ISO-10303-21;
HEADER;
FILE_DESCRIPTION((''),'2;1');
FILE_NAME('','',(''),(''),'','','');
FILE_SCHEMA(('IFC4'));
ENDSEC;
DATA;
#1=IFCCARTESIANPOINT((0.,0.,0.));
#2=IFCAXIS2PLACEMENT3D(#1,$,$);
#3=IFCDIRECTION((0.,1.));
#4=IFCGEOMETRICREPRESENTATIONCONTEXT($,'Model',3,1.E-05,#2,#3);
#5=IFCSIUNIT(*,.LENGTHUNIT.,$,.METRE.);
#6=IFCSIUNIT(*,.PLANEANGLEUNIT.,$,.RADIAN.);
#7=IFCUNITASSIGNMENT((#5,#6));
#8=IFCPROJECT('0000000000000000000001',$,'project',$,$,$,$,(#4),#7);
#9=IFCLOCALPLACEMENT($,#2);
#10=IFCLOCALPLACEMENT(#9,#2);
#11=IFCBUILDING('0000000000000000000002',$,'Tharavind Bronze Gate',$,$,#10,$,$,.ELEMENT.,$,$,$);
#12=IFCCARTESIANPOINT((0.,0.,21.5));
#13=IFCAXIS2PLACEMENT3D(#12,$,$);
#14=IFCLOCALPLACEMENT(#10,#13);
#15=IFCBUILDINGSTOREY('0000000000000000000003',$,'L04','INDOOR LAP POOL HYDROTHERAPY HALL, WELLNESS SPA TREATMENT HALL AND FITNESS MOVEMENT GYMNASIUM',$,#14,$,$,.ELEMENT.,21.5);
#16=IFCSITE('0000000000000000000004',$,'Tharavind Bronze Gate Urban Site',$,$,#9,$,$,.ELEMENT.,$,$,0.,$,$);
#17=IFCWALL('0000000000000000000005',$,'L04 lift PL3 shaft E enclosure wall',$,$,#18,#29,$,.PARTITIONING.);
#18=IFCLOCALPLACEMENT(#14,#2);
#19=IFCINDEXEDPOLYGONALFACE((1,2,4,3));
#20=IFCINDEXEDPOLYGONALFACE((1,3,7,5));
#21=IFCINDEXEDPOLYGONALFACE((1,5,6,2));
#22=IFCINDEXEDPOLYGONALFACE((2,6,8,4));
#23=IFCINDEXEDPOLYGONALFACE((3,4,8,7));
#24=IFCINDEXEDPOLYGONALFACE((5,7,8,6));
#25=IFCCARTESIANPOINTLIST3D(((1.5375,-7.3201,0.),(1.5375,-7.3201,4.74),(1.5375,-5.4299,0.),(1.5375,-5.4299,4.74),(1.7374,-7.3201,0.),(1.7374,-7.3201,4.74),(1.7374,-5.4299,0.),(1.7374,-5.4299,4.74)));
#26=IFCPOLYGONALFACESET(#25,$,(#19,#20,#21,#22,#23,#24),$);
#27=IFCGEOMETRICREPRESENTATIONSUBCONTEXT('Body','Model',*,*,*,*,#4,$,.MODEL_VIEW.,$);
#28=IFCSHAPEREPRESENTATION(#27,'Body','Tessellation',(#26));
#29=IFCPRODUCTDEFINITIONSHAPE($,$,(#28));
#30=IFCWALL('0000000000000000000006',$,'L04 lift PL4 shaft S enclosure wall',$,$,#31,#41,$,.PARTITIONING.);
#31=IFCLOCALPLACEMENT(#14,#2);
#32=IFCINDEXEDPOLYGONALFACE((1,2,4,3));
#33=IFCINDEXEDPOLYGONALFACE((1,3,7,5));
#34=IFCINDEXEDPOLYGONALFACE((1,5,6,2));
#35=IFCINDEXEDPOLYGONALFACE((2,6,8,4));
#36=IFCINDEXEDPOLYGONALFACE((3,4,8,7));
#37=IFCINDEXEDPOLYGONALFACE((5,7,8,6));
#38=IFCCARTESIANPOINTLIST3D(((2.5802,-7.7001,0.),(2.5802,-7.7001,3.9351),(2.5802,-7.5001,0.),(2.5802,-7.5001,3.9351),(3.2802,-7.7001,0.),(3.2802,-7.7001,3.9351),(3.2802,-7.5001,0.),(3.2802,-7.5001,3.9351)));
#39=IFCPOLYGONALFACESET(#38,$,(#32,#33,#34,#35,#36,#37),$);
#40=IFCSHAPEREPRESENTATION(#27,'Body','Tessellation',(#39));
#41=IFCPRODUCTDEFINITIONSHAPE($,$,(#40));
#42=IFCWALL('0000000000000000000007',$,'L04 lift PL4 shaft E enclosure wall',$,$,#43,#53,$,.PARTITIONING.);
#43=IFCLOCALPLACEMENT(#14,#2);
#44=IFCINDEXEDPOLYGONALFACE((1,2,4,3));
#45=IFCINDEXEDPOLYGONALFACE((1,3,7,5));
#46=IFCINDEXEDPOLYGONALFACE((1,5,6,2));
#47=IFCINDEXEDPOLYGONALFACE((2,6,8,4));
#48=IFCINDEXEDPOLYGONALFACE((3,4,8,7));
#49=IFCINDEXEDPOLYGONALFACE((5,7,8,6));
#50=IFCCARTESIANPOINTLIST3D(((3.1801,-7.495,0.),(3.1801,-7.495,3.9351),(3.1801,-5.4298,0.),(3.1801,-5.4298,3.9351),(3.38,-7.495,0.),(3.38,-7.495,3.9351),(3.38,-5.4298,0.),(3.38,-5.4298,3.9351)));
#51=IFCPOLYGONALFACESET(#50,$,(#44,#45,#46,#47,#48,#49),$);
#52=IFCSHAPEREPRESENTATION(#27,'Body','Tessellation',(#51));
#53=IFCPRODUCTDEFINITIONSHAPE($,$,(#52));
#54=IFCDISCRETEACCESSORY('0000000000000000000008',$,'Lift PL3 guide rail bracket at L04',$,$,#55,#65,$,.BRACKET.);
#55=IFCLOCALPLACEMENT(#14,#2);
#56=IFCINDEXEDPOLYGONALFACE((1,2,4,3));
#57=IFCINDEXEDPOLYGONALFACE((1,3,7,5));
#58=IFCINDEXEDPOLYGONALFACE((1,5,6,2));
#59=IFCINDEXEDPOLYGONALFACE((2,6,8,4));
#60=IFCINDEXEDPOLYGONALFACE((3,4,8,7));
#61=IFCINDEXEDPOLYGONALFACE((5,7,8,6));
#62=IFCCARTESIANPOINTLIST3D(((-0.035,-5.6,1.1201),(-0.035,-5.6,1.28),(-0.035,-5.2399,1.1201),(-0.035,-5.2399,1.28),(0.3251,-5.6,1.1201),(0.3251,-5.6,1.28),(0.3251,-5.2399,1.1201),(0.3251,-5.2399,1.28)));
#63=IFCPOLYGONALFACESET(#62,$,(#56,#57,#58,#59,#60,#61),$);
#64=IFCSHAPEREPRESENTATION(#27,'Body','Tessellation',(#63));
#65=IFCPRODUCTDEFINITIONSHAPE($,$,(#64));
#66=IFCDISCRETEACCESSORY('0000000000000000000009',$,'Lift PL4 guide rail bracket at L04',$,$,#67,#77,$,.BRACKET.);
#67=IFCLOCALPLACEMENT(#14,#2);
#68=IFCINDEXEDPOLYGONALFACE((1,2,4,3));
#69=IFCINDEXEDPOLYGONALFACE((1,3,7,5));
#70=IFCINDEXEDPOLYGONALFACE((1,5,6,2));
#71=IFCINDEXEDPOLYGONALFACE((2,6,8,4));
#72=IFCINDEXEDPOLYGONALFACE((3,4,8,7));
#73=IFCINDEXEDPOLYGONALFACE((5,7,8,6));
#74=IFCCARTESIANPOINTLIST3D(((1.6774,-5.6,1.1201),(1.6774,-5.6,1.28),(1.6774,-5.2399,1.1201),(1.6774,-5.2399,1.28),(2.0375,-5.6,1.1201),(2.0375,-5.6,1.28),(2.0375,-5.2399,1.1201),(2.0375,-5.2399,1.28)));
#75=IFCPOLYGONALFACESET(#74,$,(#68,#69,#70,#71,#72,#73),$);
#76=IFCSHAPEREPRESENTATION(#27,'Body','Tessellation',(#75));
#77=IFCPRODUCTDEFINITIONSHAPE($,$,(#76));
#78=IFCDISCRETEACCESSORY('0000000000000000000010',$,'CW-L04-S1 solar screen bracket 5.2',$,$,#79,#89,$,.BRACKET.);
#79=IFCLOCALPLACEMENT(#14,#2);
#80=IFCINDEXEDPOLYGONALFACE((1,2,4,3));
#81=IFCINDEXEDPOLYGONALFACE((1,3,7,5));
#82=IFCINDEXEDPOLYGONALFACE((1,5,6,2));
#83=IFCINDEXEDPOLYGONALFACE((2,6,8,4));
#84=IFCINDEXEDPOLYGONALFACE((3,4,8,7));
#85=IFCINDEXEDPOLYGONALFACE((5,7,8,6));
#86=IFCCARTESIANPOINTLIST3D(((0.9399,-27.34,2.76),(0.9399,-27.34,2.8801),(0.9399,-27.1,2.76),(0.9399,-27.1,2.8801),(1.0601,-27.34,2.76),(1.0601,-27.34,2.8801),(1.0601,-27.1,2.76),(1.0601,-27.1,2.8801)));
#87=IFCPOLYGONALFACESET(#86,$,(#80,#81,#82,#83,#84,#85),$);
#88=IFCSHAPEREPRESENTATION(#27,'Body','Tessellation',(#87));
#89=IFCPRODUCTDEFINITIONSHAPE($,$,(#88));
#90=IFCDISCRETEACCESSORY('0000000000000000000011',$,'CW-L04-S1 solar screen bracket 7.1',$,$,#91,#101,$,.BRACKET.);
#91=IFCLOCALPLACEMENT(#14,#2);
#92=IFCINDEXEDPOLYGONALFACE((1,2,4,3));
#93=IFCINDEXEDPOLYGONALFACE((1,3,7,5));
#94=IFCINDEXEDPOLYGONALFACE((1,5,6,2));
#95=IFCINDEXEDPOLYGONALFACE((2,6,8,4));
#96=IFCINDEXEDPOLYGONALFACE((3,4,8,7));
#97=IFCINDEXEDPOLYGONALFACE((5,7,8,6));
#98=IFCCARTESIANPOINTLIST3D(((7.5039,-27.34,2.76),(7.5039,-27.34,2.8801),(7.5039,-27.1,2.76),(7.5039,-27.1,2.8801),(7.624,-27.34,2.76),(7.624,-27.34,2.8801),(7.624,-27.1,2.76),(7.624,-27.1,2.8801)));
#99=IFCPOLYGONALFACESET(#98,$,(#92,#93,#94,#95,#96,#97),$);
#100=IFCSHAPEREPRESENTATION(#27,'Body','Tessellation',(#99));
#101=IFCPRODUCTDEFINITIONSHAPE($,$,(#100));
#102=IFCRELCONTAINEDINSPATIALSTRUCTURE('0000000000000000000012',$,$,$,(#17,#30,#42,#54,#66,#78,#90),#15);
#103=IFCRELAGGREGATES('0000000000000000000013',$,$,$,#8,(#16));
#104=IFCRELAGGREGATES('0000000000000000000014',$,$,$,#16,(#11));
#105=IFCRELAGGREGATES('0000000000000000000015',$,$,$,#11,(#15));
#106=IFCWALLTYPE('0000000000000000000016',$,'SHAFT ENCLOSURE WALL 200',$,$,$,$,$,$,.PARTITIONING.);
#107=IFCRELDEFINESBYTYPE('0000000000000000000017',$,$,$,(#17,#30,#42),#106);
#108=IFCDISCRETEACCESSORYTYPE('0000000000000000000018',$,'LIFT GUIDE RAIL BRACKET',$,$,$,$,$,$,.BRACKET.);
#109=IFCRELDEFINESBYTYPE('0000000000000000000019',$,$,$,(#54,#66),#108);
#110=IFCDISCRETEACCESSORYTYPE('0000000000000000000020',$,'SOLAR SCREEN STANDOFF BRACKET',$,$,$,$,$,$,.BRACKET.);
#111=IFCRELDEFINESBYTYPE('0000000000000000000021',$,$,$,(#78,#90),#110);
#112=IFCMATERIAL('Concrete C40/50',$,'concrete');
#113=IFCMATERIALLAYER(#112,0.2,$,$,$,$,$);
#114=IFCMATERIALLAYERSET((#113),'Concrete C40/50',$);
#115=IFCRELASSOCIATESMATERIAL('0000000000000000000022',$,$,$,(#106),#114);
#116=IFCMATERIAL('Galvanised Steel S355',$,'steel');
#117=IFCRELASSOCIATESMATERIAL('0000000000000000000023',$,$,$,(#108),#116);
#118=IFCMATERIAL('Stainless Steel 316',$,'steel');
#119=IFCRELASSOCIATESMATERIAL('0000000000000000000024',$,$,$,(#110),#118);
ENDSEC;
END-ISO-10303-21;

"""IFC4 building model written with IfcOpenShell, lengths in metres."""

from ifc_helpers import new_model, si_unit, direction, frame, frame_2d, origin, origin_2d, place, context, subcontext, project, spatial, rectangle, extrude, material, layer, layer_set, type_object, element, save


model = new_model("IFC4")

# Units and contexts
model_context = context("Model", 3, precision=1e-05, world=origin(), true_north=direction((0.0, 1.0)))
body_context = subcontext(model_context, "Body", "Model", "MODEL_VIEW")
ifc_project = project(units=[si_unit("LENGTHUNIT", "METRE"), si_unit("PLANEANGLEUNIT", "RADIAN")], contexts=[model_context])

# Site, building, storey
site_placement = place(None, origin())
site = spatial("IfcSite", under=ifc_project, at=site_placement, Name="Tharavind Bronze Gate Urban Site", CompositionType="ELEMENT", RefElevation=0.0)
building_placement = place(site_placement, origin())
building = spatial("IfcBuilding", under=site, at=building_placement, Name="Tharavind Bronze Gate", CompositionType="ELEMENT")
storey_placement = place(building_placement, frame((0.0, 0.0, 21.5)))
storey = spatial("IfcBuildingStorey", under=building, at=storey_placement, Name="L04", Description="INDOOR LAP POOL HYDROTHERAPY HALL, WELLNESS SPA TREATMENT HALL AND FITNESS MOVEMENT GYMNASIUM", CompositionType="ELEMENT", Elevation=21.5)

# Walls
ifc_material_1 = material(Name="Concrete C40/50", Category="concrete")
ifc_layer_1 = layer(ifc_material_1, 0.2)
ifc_layer_set_1 = layer_set([ifc_layer_1], Name="Concrete C40/50")
wall_type_1 = type_object("IfcWallType", Name="SHAFT ENCLOSURE WALL 200", PredefinedType="PARTITIONING", material=ifc_layer_set_1)
wall_1_placement = place(storey_placement, frame((1.6375, -7.3201, 0.0), z_axis=(0.0, 0.0, 1.0), x_axis=(0.0, 1.0, 0.0)))
element("IfcWall", 1, at=wall_1_placement, inside=storey, type_object=wall_type_1, Name="L04 lift PL3 shaft E enclosure wall", PredefinedType="PARTITIONING", context=body_context, shape_type="SweptSolid", body=[
    extrude(rectangle(XDim=1.8901, YDim=0.2, at=frame_2d((0.9451, 0.0))), origin(), (0.0, 0.0, 1.0), 4.74),
])
wall_2_placement = place(storey_placement, frame((2.5801, -7.6001, 0.0), z_axis=(0.0, 0.0, 1.0), x_axis=(1.0, 0.0, 0.0)))
element("IfcWall", 2, at=wall_2_placement, inside=storey, type_object=wall_type_1, Name="L04 lift PL4 shaft S enclosure wall", PredefinedType="PARTITIONING", context=body_context, shape_type="SweptSolid", body=[
    extrude(rectangle(XDim=0.7, YDim=0.2, at=frame_2d((0.3501, 0.0))), origin(), (0.0, 0.0, 1.0), 3.9351),
])
wall_3_placement = place(storey_placement, frame((3.28, -7.4951, 0.0), z_axis=(0.0, 0.0, 1.0), x_axis=(0.0, 1.0, 0.0)))
element("IfcWall", 3, at=wall_3_placement, inside=storey, type_object=wall_type_1, Name="L04 lift PL4 shaft E enclosure wall", PredefinedType="PARTITIONING", context=body_context, shape_type="SweptSolid", body=[
    extrude(rectangle(XDim=2.0652, YDim=0.2, at=frame_2d((1.0327, 0.0))), origin(), (0.0, 0.0, 1.0), 3.9351),
])

# Discrete accessories
ifc_material_2 = material(Name="Galvanised Steel S355", Category="steel")
discrete_accessory_type_1 = type_object("IfcDiscreteAccessoryType", Name="LIFT GUIDE RAIL BRACKET", PredefinedType="BRACKET", material=ifc_material_2)
for number, where, z_axis, x_axis, name in (
    (4, (0.145, -5.4199, 1.1201), (0.0, 0.0, 1.0), (1.0, 0.0, 0.0), "Lift PL3 guide rail bracket at L04"),
    (5, (1.8574, -5.4199, 1.1201), (0.0, 0.0, 1.0), (1.0, 0.0, 0.0), "Lift PL4 guide rail bracket at L04"),
):
    element("IfcDiscreteAccessory", number, at=place(storey_placement, frame(where, z_axis=z_axis, x_axis=x_axis)), inside=storey, type_object=discrete_accessory_type_1, Name=name, PredefinedType="BRACKET", context=body_context, shape_type="SweptSolid", body=[
        extrude(rectangle(XDim=0.3601, YDim=0.3601, at=origin_2d()), origin(), (0.0, 0.0, 1.0), 0.1599),
    ])
ifc_material_3 = material(Name="Stainless Steel 316", Category="steel")
discrete_accessory_type_2 = type_object("IfcDiscreteAccessoryType", Name="SOLAR SCREEN STANDOFF BRACKET", PredefinedType="BRACKET", material=ifc_material_3)
for number, where, z_axis, x_axis, name in (
    (6, (1.0, -27.22, 2.76), (0.0, 0.0, 1.0), (1.0, 0.0, 0.0), "CW-L04-S1 solar screen bracket 5.2"),
    (7, (7.564, -27.22, 2.76), (0.0, 0.0, 1.0), (1.0, 0.0, 0.0), "CW-L04-S1 solar screen bracket 7.1"),
):
    element("IfcDiscreteAccessory", number, at=place(storey_placement, frame(where, z_axis=z_axis, x_axis=x_axis)), inside=storey, type_object=discrete_accessory_type_2, Name=name, PredefinedType="BRACKET", context=body_context, shape_type="SweptSolid", body=[
        extrude(rectangle(XDim=0.1201, YDim=0.24, at=origin_2d()), origin(), (0.0, 0.0, 1.0), 0.1201),
    ])

save(model, "model.ifc")
